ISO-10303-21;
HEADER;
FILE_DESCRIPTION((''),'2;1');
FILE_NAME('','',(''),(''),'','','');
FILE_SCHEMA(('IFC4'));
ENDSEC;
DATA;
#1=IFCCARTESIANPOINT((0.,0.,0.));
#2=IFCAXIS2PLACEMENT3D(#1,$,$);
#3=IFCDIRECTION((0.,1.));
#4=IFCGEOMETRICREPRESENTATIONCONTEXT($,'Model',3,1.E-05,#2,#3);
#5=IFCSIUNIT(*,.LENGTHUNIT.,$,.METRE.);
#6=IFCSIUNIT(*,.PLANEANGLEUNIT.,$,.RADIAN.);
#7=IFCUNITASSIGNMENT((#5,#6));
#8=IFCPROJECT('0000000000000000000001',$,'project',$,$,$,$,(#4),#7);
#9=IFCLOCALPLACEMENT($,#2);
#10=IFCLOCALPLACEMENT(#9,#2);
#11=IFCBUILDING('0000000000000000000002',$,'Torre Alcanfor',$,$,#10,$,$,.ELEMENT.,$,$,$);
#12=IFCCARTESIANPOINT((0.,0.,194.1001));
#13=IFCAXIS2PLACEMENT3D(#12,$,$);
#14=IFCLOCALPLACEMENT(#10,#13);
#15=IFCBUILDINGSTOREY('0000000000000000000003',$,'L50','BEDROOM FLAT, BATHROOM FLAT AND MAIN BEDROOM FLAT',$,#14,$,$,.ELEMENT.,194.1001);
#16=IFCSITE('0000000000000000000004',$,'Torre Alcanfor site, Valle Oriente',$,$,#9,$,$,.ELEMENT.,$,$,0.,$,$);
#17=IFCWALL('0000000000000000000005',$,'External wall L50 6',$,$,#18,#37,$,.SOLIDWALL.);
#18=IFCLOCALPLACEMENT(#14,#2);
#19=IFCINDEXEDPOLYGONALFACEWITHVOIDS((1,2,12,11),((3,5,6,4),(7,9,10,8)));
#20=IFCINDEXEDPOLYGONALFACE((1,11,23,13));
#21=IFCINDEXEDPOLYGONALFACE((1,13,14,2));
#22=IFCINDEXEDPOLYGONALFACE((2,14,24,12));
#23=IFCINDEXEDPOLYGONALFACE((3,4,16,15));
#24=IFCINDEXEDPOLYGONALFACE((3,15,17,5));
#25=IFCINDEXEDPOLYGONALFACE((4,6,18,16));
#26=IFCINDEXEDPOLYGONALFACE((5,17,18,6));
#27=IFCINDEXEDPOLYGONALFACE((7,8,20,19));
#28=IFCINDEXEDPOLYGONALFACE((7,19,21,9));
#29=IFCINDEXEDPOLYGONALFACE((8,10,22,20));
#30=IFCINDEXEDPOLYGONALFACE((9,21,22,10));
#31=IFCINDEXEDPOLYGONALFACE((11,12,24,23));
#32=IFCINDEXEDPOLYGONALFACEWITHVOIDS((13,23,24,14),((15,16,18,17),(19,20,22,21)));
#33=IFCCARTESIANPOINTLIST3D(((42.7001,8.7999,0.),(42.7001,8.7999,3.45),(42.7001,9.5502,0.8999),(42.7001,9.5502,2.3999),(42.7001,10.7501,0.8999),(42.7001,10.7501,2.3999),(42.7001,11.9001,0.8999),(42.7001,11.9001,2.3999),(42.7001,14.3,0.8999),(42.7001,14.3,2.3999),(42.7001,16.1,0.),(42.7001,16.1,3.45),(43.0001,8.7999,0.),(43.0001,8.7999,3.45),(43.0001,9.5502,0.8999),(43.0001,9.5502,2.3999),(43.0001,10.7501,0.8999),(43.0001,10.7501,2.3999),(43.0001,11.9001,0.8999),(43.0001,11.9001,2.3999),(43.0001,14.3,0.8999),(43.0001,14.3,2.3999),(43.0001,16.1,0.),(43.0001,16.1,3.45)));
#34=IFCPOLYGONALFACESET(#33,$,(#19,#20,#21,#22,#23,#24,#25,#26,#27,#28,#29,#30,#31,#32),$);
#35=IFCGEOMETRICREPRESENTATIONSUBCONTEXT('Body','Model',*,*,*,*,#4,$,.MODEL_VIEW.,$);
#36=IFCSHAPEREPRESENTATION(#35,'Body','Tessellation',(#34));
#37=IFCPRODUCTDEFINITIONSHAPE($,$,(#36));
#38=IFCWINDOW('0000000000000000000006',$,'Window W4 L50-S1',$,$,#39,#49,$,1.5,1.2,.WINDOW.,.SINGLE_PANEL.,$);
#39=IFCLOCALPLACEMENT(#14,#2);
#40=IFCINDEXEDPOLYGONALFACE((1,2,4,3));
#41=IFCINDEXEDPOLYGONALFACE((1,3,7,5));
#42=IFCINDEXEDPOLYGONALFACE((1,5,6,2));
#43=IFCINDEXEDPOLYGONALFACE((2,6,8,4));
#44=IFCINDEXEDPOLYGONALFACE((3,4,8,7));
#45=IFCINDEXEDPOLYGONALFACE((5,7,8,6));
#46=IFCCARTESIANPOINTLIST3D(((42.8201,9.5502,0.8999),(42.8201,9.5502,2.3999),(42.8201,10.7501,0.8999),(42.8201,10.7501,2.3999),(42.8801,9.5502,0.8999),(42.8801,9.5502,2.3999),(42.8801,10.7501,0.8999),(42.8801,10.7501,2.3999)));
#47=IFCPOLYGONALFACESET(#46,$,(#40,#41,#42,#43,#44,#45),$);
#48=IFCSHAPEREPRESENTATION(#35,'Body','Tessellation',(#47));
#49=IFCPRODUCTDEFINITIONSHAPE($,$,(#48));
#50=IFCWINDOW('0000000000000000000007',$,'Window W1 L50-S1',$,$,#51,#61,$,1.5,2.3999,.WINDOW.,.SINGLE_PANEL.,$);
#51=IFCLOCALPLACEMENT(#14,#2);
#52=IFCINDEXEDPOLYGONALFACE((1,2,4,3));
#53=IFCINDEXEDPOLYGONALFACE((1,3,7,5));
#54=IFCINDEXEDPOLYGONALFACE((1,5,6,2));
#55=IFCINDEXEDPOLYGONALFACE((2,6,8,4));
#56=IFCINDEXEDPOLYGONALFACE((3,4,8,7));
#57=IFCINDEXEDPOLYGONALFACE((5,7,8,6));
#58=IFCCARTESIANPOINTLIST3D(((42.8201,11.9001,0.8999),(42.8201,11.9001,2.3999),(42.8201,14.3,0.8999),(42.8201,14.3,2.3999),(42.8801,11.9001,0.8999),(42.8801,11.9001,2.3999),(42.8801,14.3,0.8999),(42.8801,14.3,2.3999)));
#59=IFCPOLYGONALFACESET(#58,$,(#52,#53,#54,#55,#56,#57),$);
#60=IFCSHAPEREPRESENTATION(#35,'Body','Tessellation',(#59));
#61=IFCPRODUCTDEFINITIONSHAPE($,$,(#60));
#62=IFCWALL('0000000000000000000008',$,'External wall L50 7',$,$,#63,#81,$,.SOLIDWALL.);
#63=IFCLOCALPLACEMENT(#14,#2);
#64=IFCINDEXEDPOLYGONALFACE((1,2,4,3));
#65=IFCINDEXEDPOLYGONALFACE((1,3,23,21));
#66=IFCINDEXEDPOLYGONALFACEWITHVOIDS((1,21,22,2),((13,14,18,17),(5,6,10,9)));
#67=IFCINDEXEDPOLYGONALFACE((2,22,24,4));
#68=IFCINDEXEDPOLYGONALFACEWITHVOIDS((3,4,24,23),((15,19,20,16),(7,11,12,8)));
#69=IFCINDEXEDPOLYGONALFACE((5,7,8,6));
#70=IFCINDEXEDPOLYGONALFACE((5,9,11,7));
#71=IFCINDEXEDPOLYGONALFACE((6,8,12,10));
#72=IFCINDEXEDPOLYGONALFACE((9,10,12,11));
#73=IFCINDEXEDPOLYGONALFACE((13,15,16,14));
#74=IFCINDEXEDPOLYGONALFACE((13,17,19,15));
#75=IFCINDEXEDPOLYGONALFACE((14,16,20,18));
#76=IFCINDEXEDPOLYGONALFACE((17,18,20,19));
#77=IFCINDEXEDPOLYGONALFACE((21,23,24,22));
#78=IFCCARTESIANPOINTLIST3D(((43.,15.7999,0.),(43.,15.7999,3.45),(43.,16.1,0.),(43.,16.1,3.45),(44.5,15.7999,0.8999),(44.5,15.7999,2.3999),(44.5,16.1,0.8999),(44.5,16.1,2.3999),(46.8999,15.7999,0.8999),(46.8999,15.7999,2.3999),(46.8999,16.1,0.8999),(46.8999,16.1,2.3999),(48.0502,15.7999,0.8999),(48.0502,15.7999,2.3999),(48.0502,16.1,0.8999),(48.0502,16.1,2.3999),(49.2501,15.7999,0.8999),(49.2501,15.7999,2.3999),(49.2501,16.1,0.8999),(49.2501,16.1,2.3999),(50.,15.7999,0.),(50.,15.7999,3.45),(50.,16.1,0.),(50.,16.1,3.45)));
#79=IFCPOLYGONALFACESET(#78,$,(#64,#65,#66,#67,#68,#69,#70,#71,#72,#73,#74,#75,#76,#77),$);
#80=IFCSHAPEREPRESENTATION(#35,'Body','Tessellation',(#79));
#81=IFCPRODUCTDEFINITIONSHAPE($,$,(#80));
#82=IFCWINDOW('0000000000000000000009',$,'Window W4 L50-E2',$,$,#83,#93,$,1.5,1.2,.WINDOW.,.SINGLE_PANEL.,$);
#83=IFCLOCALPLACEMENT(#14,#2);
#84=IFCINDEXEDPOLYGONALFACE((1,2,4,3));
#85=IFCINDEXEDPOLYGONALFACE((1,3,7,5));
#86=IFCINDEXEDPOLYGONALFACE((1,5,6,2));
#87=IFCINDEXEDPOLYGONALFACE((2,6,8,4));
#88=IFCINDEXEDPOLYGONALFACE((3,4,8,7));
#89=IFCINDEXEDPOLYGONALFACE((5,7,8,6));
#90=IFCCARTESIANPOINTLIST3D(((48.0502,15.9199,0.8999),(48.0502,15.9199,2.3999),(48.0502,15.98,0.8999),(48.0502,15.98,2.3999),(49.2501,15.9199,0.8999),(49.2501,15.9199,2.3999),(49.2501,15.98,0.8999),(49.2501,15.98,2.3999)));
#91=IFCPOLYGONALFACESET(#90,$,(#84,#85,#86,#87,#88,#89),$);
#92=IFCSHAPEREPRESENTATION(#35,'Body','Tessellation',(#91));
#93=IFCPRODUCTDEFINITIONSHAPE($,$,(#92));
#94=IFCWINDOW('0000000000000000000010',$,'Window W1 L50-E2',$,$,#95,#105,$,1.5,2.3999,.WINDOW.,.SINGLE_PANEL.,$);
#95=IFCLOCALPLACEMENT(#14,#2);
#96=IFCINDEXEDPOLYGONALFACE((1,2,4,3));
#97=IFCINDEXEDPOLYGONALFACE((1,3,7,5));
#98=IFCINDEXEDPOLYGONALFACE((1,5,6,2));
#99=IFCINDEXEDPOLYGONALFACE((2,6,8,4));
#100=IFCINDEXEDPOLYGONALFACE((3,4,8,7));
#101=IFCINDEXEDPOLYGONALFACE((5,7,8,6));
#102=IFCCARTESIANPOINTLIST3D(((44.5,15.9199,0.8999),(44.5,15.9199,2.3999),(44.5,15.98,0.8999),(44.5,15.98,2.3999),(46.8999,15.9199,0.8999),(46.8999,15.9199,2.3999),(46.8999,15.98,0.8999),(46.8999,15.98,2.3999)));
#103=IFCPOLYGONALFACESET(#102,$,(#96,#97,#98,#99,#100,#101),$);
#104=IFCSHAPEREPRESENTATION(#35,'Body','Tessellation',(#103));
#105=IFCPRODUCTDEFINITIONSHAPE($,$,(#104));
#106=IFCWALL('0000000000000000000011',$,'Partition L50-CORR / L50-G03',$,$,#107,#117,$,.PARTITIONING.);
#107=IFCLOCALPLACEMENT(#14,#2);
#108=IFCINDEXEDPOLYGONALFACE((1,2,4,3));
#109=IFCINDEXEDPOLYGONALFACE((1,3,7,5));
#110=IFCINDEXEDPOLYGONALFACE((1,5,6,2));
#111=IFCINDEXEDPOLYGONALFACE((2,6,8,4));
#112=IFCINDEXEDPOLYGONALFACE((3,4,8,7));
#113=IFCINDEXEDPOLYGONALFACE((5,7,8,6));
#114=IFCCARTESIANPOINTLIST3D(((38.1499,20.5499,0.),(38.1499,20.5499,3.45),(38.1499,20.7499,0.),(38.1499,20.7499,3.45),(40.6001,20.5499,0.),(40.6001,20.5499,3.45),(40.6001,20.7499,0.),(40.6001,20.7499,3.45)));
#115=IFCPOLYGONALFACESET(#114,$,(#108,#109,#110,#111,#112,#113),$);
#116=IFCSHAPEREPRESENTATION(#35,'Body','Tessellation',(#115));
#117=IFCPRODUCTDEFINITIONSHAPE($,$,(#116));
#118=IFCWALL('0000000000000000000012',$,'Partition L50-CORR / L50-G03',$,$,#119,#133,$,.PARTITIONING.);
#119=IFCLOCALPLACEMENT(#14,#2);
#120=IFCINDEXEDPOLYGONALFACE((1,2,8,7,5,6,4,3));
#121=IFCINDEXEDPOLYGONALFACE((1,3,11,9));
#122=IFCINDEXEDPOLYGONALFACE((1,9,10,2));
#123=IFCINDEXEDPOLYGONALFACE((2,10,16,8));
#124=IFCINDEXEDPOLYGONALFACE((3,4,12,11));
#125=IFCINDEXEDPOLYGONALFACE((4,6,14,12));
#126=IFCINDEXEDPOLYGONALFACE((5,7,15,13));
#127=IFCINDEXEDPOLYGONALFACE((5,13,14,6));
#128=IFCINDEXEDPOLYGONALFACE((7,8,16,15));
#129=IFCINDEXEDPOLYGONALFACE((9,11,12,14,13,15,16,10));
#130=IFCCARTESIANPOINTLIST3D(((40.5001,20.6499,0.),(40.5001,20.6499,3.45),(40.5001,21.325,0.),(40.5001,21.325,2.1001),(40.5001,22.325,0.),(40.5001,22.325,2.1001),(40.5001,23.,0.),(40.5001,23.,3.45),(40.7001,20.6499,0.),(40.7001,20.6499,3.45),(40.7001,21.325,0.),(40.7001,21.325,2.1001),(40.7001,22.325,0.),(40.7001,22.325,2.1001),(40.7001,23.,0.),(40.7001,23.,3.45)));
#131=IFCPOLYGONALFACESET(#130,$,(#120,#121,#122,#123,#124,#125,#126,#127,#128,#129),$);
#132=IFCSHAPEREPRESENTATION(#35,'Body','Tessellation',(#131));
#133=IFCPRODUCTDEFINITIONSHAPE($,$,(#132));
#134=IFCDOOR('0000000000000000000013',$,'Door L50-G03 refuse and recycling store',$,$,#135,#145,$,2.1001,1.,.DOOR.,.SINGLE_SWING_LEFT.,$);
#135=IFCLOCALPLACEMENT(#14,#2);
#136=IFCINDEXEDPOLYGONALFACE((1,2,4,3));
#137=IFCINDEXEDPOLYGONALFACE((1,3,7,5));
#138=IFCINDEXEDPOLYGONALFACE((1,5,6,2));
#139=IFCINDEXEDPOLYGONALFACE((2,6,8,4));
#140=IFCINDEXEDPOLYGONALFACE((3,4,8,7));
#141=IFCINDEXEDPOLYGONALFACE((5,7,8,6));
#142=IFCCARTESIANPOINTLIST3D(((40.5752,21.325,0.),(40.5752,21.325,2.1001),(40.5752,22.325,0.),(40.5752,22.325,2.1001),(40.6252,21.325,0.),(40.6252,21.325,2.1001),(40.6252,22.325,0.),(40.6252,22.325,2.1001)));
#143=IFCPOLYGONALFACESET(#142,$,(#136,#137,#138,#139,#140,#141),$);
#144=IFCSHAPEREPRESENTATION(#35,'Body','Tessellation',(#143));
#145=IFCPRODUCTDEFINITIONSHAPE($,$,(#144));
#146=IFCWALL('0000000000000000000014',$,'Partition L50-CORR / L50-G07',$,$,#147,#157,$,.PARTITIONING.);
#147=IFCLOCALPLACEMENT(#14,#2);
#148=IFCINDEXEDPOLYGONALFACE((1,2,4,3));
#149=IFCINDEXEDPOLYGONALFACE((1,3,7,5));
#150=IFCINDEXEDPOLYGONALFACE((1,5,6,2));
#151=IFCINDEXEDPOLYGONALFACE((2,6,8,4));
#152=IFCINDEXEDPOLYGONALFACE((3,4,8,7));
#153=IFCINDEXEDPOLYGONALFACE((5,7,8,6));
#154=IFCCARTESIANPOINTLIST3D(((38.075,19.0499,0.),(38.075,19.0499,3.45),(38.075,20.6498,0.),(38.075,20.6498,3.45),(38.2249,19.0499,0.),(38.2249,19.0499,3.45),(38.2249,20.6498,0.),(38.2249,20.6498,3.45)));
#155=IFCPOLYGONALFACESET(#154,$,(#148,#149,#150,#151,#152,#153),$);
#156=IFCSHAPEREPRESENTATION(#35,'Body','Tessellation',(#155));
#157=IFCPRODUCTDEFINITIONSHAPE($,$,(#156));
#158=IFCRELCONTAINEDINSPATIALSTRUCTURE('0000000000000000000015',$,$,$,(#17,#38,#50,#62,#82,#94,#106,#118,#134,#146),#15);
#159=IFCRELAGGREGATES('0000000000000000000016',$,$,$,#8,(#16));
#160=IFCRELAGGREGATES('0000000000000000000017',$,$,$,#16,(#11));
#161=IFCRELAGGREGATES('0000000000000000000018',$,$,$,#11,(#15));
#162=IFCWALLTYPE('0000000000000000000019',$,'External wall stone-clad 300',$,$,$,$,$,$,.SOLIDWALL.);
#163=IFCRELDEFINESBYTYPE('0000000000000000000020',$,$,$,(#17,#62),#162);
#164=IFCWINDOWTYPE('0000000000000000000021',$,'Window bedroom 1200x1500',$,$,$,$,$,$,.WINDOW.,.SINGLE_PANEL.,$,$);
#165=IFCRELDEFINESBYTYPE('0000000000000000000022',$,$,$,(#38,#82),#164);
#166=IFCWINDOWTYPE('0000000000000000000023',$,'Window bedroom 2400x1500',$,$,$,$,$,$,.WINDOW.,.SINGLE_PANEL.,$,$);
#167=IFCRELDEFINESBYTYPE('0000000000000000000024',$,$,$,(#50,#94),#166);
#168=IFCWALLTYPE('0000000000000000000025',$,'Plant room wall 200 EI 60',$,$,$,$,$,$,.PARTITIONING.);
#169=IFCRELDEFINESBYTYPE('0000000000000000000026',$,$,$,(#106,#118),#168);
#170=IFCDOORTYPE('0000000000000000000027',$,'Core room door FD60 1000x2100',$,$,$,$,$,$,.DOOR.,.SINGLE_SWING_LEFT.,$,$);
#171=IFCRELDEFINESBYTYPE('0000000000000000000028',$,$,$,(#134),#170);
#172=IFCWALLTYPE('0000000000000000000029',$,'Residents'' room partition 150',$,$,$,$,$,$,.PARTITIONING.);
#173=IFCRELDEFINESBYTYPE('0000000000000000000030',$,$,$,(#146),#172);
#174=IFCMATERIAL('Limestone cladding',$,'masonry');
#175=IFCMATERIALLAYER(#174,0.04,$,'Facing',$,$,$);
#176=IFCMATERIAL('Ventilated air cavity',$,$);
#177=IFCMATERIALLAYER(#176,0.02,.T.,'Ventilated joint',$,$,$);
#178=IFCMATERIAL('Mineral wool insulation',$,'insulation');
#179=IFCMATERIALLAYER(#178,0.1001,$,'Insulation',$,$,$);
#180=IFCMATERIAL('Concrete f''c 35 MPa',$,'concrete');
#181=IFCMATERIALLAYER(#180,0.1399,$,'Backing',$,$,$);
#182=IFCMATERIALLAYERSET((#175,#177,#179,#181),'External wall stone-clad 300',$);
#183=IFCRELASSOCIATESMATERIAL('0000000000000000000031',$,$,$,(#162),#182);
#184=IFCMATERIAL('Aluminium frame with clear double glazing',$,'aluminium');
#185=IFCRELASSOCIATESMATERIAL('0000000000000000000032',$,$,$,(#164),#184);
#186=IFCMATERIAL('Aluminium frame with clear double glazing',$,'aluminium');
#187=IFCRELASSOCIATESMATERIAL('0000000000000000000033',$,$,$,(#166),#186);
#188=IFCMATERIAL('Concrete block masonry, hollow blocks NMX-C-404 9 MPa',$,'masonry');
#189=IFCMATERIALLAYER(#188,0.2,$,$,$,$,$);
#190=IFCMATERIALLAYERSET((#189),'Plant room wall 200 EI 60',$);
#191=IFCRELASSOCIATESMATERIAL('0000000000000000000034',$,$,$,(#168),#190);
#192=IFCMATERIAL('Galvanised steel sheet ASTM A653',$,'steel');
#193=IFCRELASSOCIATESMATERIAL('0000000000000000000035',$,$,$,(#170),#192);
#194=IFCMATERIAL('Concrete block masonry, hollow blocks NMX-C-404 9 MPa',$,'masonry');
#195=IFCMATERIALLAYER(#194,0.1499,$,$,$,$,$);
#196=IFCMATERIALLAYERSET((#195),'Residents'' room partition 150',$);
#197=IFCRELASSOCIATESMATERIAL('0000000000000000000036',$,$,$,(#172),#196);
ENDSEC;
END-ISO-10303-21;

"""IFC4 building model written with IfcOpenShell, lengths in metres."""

from ifc_helpers import new_model, si_unit, direction, frame, frame_2d, origin, place, context, subcontext, project, spatial, rectangle, extrude, material, layer, layer_set, type_object, element, fill, save


model = new_model("IFC4")

# Units and contexts
model_context = context("Model", 3, precision=1e-05, world=origin(), true_north=direction((0.0, 1.0)))
body_context = subcontext(model_context, "Body", "Model", "MODEL_VIEW")
ifc_project = project(units=[si_unit("LENGTHUNIT", "METRE"), si_unit("PLANEANGLEUNIT", "RADIAN")], contexts=[model_context])

# Site, building, storey
site_placement = place(None, origin())
site = spatial("IfcSite", under=ifc_project, at=site_placement, Name="Torre Alcanfor site, Valle Oriente", CompositionType="ELEMENT", RefElevation=0.0)
building_placement = place(site_placement, origin())
building = spatial("IfcBuilding", under=site, at=building_placement, Name="Torre Alcanfor", CompositionType="ELEMENT")
storey_placement = place(building_placement, frame((0.0, 0.0, 194.1001)))
storey = spatial("IfcBuildingStorey", under=building, at=storey_placement, Name="L50", Description="BEDROOM FLAT, BATHROOM FLAT AND MAIN BEDROOM FLAT", CompositionType="ELEMENT", Elevation=194.1001)

# Walls, openings, windows
ifc_material_1 = material(Name="Limestone cladding", Category="masonry")
ifc_layer_1 = layer(ifc_material_1, 0.04, Name="Facing")
ifc_material_2 = material(Name="Ventilated air cavity")
ifc_layer_2 = layer(ifc_material_2, 0.02, ventilated=True, Name="Ventilated joint")
ifc_material_3 = material(Name="Mineral wool insulation", Category="insulation")
ifc_layer_3 = layer(ifc_material_3, 0.1001, Name="Insulation")
ifc_material_4 = material(Name="Concrete f'c 35 MPa", Category="concrete")
ifc_layer_4 = layer(ifc_material_4, 0.1399, Name="Backing")
ifc_layer_set_1 = layer_set([ifc_layer_1, ifc_layer_2, ifc_layer_3, ifc_layer_4], Name="External wall stone-clad 300")
wall_type_1 = type_object("IfcWallType", Name="External wall stone-clad 300", PredefinedType="SOLIDWALL", material=ifc_layer_set_1)
wall_1_placement = place(storey_placement, frame((42.8501, 8.8, 0.0), z_axis=(0.0, 0.0, 1.0), x_axis=(0.0, 1.0, 0.0)))
wall_1 = element("IfcWall", 1, at=wall_1_placement, inside=storey, type_object=wall_type_1, Name="External wall L50 6", PredefinedType="SOLIDWALL", context=body_context, shape_type="SweptSolid", body=[
    extrude(rectangle(XDim=7.3, YDim=0.3, at=frame_2d((3.6499, 0.0))), origin(), (0.0, 0.0, 1.0), 3.45),
])
opening_1_placement = place(wall_1_placement, frame((3.1001, 0.0, 0.8999)))
opening_1 = element("IfcOpeningElement", 2, at=opening_1_placement, cuts=wall_1, PredefinedType="OPENING", context=body_context, shape_type="SweptSolid", body=[
    extrude(rectangle(XDim=2.3999, YDim=1.5, at=frame_2d((1.2, 0.75))), frame((0.0, 0.1599, 0.0), z_axis=(0.0, -1.0, 0.0), x_axis=(1.0, 0.0, 0.0)), (0.0, 0.0, 1.0), 0.3201),
])
opening_2_placement = place(wall_1_placement, frame((0.75, 0.0, 0.8999)))
opening_2 = element("IfcOpeningElement", 3, at=opening_2_placement, cuts=wall_1, PredefinedType="OPENING", context=body_context, shape_type="SweptSolid", body=[
    extrude(rectangle(XDim=1.2, YDim=1.5, at=frame_2d((0.6001, 0.75))), frame((0.0, 0.1599, 0.0), z_axis=(0.0, -1.0, 0.0), x_axis=(1.0, 0.0, 0.0)), (0.0, 0.0, 1.0), 0.3201),
])
ifc_material_5 = material(Name="Aluminium frame with clear double glazing", Category="aluminium")
window_type_1 = type_object("IfcWindowType", Name="Window bedroom 1200x1500", PartitioningType="SINGLE_PANEL", PredefinedType="WINDOW", material=ifc_material_5)
window_1_placement = place(opening_2_placement, origin())
window_1 = element("IfcWindow", 4, at=window_1_placement, inside=storey, type_object=window_type_1, Name="Window W4 L50-S1", OverallHeight=1.5, OverallWidth=1.2, PartitioningType="SINGLE_PANEL", PredefinedType="WINDOW", context=body_context, shape_type="SweptSolid", body=[
    extrude(rectangle(XDim=1.2, YDim=1.5, at=frame_2d((0.6001, 0.75))), frame((0.0, 0.03, 0.0), z_axis=(0.0, -1.0, 0.0), x_axis=(1.0, 0.0, 0.0)), (0.0, 0.0, 1.0), 0.0601),
])
fill(opening_2, window_1)
ifc_material_6 = material(Name="Aluminium frame with clear double glazing", Category="aluminium")
window_type_2 = type_object("IfcWindowType", Name="Window bedroom 2400x1500", PartitioningType="SINGLE_PANEL", PredefinedType="WINDOW", material=ifc_material_6)
window_2_placement = place(opening_1_placement, origin())
window_2 = element("IfcWindow", 5, at=window_2_placement, inside=storey, type_object=window_type_2, Name="Window W1 L50-S1", OverallHeight=1.5, OverallWidth=2.3999, PartitioningType="SINGLE_PANEL", PredefinedType="WINDOW", context=body_context, shape_type="SweptSolid", body=[
    extrude(rectangle(XDim=2.3999, YDim=1.5, at=frame_2d((1.2, 0.75))), frame((0.0, 0.03, 0.0), z_axis=(0.0, -1.0, 0.0), x_axis=(1.0, 0.0, 0.0)), (0.0, 0.0, 1.0), 0.0601),
])
fill(opening_1, window_2)
wall_2_placement = place(storey_placement, frame((43.0, 15.95, 0.0), z_axis=(0.0, 0.0, 1.0), x_axis=(1.0, 0.0, 0.0)))
wall_2 = element("IfcWall", 6, at=wall_2_placement, inside=storey, type_object=wall_type_1, Name="External wall L50 7", PredefinedType="SOLIDWALL", context=body_context, shape_type="SweptSolid", body=[
    extrude(rectangle(XDim=7.0, YDim=0.3, at=frame_2d((3.5, 0.0))), origin(), (0.0, 0.0, 1.0), 3.45),
])
opening_3_placement = place(wall_2_placement, frame((1.5, 0.0, 0.8999)))
opening_3 = element("IfcOpeningElement", 7, at=opening_3_placement, cuts=wall_2, PredefinedType="OPENING", context=body_context, shape_type="SweptSolid", body=[
    extrude(rectangle(XDim=2.3999, YDim=1.5, at=frame_2d((1.2, 0.75))), frame((0.0, 0.1599, 0.0), z_axis=(0.0, -1.0, 0.0), x_axis=(1.0, 0.0, 0.0)), (0.0, 0.0, 1.0), 0.3201),
])
opening_4_placement = place(wall_2_placement, frame((5.05, 0.0, 0.8999)))
opening_4 = element("IfcOpeningElement", 8, at=opening_4_placement, cuts=wall_2, PredefinedType="OPENING", context=body_context, shape_type="SweptSolid", body=[
    extrude(rectangle(XDim=1.2, YDim=1.5, at=frame_2d((0.6001, 0.75))), frame((0.0, 0.1599, 0.0), z_axis=(0.0, -1.0, 0.0), x_axis=(1.0, 0.0, 0.0)), (0.0, 0.0, 1.0), 0.3201),
])
window_3_placement = place(opening_4_placement, origin())
window_3 = element("IfcWindow", 9, at=window_3_placement, inside=storey, type_object=window_type_1, Name="Window W4 L50-E2", OverallHeight=1.5, OverallWidth=1.2, PartitioningType="SINGLE_PANEL", PredefinedType="WINDOW", context=body_context, shape_type="SweptSolid", body=[
    extrude(rectangle(XDim=1.2, YDim=1.5, at=frame_2d((0.6001, 0.75))), frame((0.0, 0.03, 0.0), z_axis=(0.0, -1.0, 0.0), x_axis=(1.0, 0.0, 0.0)), (0.0, 0.0, 1.0), 0.0601),
])
fill(opening_4, window_3)
window_4_placement = place(opening_3_placement, origin())
window_4 = element("IfcWindow", 10, at=window_4_placement, inside=storey, type_object=window_type_2, Name="Window W1 L50-E2", OverallHeight=1.5, OverallWidth=2.3999, PartitioningType="SINGLE_PANEL", PredefinedType="WINDOW", context=body_context, shape_type="SweptSolid", body=[
    extrude(rectangle(XDim=2.3999, YDim=1.5, at=frame_2d((1.2, 0.75))), frame((0.0, 0.03, 0.0), z_axis=(0.0, -1.0, 0.0), x_axis=(1.0, 0.0, 0.0)), (0.0, 0.0, 1.0), 0.0601),
])
fill(opening_3, window_4)

# Wall
ifc_material_7 = material(Name="Concrete block masonry, hollow blocks NMX-C-404 9 MPa", Category="masonry")
ifc_layer_5 = layer(ifc_material_7, 0.2)
ifc_layer_set_2 = layer_set([ifc_layer_5], Name="Plant room wall 200 EI 60")
wall_type_2 = type_object("IfcWallType", Name="Plant room wall 200 EI 60", PredefinedType="PARTITIONING", material=ifc_layer_set_2)
wall_3_placement = place(storey_placement, frame((38.1499, 20.6499, 0.0), z_axis=(0.0, 0.0, 1.0), x_axis=(1.0, 0.0, 0.0)))
element("IfcWall", 11, at=wall_3_placement, inside=storey, type_object=wall_type_2, Name="Partition L50-CORR / L50-G03", PredefinedType="PARTITIONING", context=body_context, shape_type="SweptSolid", body=[
    extrude(rectangle(XDim=2.4502, YDim=0.2, at=frame_2d((1.2251, 0.0))), origin(), (0.0, 0.0, 1.0), 3.45),
])

# Wall, opening, door
wall_4_placement = place(storey_placement, frame((40.6001, 20.6499, 0.0), z_axis=(0.0, 0.0, 1.0), x_axis=(0.0, 1.0, 0.0)))
wall_4 = element("IfcWall", 12, at=wall_4_placement, inside=storey, type_object=wall_type_2, Name="Partition L50-CORR / L50-G03", PredefinedType="PARTITIONING", context=body_context, shape_type="SweptSolid", body=[
    extrude(rectangle(XDim=2.3501, YDim=0.2, at=frame_2d((1.175, 0.0))), origin(), (0.0, 0.0, 1.0), 3.45),
])
opening_5_placement = place(wall_4_placement, frame((0.675, 0.0, 0.0)))
opening_5 = element("IfcOpeningElement", 13, at=opening_5_placement, cuts=wall_4, PredefinedType="OPENING", context=body_context, shape_type="SweptSolid", body=[
    extrude(rectangle(XDim=1.0, YDim=2.1001, at=frame_2d((0.5, 1.05))), frame((0.0, 0.1099, 0.0), z_axis=(0.0, -1.0, 0.0), x_axis=(1.0, 0.0, 0.0)), (0.0, 0.0, 1.0), 0.22),
])
ifc_material_8 = material(Name="Galvanised steel sheet ASTM A653", Category="steel")
door_type = type_object("IfcDoorType", Name="Core room door FD60 1000x2100", OperationType="SINGLE_SWING_LEFT", PredefinedType="DOOR", material=ifc_material_8)
door_placement = place(opening_5_placement, origin())
door = element("IfcDoor", 14, at=door_placement, inside=storey, type_object=door_type, Name="Door L50-G03 refuse and recycling store", OperationType="SINGLE_SWING_LEFT", OverallHeight=2.1001, OverallWidth=1.0, PredefinedType="DOOR", context=body_context, shape_type="SweptSolid", body=[
    extrude(rectangle(XDim=1.0, YDim=2.1001, at=frame_2d((0.5, 1.05))), frame((0.0, 0.0249, 0.0), z_axis=(0.0, -1.0, 0.0), x_axis=(1.0, 0.0, 0.0)), (0.0, 0.0, 1.0), 0.05),
])
fill(opening_5, door)

# Wall
ifc_material_9 = material(Name="Concrete block masonry, hollow blocks NMX-C-404 9 MPa", Category="masonry")
ifc_layer_6 = layer(ifc_material_9, 0.1499)
ifc_layer_set_3 = layer_set([ifc_layer_6], Name="Residents' room partition 150")
wall_type_3 = type_object("IfcWallType", Name="Residents' room partition 150", PredefinedType="PARTITIONING", material=ifc_layer_set_3)
wall_5_placement = place(storey_placement, frame((38.1499, 19.05, 0.0), z_axis=(0.0, 0.0, 1.0), x_axis=(0.0, 1.0, 0.0)))
element("IfcWall", 15, at=wall_5_placement, inside=storey, type_object=wall_type_3, Name="Partition L50-CORR / L50-G07", PredefinedType="PARTITIONING", context=body_context, shape_type="SweptSolid", body=[
    extrude(rectangle(XDim=1.5999, YDim=0.1499, at=frame_2d((0.7998, 0.0))), origin(), (0.0, 0.0, 1.0), 3.45),
])

save(model, "model.ifc")
